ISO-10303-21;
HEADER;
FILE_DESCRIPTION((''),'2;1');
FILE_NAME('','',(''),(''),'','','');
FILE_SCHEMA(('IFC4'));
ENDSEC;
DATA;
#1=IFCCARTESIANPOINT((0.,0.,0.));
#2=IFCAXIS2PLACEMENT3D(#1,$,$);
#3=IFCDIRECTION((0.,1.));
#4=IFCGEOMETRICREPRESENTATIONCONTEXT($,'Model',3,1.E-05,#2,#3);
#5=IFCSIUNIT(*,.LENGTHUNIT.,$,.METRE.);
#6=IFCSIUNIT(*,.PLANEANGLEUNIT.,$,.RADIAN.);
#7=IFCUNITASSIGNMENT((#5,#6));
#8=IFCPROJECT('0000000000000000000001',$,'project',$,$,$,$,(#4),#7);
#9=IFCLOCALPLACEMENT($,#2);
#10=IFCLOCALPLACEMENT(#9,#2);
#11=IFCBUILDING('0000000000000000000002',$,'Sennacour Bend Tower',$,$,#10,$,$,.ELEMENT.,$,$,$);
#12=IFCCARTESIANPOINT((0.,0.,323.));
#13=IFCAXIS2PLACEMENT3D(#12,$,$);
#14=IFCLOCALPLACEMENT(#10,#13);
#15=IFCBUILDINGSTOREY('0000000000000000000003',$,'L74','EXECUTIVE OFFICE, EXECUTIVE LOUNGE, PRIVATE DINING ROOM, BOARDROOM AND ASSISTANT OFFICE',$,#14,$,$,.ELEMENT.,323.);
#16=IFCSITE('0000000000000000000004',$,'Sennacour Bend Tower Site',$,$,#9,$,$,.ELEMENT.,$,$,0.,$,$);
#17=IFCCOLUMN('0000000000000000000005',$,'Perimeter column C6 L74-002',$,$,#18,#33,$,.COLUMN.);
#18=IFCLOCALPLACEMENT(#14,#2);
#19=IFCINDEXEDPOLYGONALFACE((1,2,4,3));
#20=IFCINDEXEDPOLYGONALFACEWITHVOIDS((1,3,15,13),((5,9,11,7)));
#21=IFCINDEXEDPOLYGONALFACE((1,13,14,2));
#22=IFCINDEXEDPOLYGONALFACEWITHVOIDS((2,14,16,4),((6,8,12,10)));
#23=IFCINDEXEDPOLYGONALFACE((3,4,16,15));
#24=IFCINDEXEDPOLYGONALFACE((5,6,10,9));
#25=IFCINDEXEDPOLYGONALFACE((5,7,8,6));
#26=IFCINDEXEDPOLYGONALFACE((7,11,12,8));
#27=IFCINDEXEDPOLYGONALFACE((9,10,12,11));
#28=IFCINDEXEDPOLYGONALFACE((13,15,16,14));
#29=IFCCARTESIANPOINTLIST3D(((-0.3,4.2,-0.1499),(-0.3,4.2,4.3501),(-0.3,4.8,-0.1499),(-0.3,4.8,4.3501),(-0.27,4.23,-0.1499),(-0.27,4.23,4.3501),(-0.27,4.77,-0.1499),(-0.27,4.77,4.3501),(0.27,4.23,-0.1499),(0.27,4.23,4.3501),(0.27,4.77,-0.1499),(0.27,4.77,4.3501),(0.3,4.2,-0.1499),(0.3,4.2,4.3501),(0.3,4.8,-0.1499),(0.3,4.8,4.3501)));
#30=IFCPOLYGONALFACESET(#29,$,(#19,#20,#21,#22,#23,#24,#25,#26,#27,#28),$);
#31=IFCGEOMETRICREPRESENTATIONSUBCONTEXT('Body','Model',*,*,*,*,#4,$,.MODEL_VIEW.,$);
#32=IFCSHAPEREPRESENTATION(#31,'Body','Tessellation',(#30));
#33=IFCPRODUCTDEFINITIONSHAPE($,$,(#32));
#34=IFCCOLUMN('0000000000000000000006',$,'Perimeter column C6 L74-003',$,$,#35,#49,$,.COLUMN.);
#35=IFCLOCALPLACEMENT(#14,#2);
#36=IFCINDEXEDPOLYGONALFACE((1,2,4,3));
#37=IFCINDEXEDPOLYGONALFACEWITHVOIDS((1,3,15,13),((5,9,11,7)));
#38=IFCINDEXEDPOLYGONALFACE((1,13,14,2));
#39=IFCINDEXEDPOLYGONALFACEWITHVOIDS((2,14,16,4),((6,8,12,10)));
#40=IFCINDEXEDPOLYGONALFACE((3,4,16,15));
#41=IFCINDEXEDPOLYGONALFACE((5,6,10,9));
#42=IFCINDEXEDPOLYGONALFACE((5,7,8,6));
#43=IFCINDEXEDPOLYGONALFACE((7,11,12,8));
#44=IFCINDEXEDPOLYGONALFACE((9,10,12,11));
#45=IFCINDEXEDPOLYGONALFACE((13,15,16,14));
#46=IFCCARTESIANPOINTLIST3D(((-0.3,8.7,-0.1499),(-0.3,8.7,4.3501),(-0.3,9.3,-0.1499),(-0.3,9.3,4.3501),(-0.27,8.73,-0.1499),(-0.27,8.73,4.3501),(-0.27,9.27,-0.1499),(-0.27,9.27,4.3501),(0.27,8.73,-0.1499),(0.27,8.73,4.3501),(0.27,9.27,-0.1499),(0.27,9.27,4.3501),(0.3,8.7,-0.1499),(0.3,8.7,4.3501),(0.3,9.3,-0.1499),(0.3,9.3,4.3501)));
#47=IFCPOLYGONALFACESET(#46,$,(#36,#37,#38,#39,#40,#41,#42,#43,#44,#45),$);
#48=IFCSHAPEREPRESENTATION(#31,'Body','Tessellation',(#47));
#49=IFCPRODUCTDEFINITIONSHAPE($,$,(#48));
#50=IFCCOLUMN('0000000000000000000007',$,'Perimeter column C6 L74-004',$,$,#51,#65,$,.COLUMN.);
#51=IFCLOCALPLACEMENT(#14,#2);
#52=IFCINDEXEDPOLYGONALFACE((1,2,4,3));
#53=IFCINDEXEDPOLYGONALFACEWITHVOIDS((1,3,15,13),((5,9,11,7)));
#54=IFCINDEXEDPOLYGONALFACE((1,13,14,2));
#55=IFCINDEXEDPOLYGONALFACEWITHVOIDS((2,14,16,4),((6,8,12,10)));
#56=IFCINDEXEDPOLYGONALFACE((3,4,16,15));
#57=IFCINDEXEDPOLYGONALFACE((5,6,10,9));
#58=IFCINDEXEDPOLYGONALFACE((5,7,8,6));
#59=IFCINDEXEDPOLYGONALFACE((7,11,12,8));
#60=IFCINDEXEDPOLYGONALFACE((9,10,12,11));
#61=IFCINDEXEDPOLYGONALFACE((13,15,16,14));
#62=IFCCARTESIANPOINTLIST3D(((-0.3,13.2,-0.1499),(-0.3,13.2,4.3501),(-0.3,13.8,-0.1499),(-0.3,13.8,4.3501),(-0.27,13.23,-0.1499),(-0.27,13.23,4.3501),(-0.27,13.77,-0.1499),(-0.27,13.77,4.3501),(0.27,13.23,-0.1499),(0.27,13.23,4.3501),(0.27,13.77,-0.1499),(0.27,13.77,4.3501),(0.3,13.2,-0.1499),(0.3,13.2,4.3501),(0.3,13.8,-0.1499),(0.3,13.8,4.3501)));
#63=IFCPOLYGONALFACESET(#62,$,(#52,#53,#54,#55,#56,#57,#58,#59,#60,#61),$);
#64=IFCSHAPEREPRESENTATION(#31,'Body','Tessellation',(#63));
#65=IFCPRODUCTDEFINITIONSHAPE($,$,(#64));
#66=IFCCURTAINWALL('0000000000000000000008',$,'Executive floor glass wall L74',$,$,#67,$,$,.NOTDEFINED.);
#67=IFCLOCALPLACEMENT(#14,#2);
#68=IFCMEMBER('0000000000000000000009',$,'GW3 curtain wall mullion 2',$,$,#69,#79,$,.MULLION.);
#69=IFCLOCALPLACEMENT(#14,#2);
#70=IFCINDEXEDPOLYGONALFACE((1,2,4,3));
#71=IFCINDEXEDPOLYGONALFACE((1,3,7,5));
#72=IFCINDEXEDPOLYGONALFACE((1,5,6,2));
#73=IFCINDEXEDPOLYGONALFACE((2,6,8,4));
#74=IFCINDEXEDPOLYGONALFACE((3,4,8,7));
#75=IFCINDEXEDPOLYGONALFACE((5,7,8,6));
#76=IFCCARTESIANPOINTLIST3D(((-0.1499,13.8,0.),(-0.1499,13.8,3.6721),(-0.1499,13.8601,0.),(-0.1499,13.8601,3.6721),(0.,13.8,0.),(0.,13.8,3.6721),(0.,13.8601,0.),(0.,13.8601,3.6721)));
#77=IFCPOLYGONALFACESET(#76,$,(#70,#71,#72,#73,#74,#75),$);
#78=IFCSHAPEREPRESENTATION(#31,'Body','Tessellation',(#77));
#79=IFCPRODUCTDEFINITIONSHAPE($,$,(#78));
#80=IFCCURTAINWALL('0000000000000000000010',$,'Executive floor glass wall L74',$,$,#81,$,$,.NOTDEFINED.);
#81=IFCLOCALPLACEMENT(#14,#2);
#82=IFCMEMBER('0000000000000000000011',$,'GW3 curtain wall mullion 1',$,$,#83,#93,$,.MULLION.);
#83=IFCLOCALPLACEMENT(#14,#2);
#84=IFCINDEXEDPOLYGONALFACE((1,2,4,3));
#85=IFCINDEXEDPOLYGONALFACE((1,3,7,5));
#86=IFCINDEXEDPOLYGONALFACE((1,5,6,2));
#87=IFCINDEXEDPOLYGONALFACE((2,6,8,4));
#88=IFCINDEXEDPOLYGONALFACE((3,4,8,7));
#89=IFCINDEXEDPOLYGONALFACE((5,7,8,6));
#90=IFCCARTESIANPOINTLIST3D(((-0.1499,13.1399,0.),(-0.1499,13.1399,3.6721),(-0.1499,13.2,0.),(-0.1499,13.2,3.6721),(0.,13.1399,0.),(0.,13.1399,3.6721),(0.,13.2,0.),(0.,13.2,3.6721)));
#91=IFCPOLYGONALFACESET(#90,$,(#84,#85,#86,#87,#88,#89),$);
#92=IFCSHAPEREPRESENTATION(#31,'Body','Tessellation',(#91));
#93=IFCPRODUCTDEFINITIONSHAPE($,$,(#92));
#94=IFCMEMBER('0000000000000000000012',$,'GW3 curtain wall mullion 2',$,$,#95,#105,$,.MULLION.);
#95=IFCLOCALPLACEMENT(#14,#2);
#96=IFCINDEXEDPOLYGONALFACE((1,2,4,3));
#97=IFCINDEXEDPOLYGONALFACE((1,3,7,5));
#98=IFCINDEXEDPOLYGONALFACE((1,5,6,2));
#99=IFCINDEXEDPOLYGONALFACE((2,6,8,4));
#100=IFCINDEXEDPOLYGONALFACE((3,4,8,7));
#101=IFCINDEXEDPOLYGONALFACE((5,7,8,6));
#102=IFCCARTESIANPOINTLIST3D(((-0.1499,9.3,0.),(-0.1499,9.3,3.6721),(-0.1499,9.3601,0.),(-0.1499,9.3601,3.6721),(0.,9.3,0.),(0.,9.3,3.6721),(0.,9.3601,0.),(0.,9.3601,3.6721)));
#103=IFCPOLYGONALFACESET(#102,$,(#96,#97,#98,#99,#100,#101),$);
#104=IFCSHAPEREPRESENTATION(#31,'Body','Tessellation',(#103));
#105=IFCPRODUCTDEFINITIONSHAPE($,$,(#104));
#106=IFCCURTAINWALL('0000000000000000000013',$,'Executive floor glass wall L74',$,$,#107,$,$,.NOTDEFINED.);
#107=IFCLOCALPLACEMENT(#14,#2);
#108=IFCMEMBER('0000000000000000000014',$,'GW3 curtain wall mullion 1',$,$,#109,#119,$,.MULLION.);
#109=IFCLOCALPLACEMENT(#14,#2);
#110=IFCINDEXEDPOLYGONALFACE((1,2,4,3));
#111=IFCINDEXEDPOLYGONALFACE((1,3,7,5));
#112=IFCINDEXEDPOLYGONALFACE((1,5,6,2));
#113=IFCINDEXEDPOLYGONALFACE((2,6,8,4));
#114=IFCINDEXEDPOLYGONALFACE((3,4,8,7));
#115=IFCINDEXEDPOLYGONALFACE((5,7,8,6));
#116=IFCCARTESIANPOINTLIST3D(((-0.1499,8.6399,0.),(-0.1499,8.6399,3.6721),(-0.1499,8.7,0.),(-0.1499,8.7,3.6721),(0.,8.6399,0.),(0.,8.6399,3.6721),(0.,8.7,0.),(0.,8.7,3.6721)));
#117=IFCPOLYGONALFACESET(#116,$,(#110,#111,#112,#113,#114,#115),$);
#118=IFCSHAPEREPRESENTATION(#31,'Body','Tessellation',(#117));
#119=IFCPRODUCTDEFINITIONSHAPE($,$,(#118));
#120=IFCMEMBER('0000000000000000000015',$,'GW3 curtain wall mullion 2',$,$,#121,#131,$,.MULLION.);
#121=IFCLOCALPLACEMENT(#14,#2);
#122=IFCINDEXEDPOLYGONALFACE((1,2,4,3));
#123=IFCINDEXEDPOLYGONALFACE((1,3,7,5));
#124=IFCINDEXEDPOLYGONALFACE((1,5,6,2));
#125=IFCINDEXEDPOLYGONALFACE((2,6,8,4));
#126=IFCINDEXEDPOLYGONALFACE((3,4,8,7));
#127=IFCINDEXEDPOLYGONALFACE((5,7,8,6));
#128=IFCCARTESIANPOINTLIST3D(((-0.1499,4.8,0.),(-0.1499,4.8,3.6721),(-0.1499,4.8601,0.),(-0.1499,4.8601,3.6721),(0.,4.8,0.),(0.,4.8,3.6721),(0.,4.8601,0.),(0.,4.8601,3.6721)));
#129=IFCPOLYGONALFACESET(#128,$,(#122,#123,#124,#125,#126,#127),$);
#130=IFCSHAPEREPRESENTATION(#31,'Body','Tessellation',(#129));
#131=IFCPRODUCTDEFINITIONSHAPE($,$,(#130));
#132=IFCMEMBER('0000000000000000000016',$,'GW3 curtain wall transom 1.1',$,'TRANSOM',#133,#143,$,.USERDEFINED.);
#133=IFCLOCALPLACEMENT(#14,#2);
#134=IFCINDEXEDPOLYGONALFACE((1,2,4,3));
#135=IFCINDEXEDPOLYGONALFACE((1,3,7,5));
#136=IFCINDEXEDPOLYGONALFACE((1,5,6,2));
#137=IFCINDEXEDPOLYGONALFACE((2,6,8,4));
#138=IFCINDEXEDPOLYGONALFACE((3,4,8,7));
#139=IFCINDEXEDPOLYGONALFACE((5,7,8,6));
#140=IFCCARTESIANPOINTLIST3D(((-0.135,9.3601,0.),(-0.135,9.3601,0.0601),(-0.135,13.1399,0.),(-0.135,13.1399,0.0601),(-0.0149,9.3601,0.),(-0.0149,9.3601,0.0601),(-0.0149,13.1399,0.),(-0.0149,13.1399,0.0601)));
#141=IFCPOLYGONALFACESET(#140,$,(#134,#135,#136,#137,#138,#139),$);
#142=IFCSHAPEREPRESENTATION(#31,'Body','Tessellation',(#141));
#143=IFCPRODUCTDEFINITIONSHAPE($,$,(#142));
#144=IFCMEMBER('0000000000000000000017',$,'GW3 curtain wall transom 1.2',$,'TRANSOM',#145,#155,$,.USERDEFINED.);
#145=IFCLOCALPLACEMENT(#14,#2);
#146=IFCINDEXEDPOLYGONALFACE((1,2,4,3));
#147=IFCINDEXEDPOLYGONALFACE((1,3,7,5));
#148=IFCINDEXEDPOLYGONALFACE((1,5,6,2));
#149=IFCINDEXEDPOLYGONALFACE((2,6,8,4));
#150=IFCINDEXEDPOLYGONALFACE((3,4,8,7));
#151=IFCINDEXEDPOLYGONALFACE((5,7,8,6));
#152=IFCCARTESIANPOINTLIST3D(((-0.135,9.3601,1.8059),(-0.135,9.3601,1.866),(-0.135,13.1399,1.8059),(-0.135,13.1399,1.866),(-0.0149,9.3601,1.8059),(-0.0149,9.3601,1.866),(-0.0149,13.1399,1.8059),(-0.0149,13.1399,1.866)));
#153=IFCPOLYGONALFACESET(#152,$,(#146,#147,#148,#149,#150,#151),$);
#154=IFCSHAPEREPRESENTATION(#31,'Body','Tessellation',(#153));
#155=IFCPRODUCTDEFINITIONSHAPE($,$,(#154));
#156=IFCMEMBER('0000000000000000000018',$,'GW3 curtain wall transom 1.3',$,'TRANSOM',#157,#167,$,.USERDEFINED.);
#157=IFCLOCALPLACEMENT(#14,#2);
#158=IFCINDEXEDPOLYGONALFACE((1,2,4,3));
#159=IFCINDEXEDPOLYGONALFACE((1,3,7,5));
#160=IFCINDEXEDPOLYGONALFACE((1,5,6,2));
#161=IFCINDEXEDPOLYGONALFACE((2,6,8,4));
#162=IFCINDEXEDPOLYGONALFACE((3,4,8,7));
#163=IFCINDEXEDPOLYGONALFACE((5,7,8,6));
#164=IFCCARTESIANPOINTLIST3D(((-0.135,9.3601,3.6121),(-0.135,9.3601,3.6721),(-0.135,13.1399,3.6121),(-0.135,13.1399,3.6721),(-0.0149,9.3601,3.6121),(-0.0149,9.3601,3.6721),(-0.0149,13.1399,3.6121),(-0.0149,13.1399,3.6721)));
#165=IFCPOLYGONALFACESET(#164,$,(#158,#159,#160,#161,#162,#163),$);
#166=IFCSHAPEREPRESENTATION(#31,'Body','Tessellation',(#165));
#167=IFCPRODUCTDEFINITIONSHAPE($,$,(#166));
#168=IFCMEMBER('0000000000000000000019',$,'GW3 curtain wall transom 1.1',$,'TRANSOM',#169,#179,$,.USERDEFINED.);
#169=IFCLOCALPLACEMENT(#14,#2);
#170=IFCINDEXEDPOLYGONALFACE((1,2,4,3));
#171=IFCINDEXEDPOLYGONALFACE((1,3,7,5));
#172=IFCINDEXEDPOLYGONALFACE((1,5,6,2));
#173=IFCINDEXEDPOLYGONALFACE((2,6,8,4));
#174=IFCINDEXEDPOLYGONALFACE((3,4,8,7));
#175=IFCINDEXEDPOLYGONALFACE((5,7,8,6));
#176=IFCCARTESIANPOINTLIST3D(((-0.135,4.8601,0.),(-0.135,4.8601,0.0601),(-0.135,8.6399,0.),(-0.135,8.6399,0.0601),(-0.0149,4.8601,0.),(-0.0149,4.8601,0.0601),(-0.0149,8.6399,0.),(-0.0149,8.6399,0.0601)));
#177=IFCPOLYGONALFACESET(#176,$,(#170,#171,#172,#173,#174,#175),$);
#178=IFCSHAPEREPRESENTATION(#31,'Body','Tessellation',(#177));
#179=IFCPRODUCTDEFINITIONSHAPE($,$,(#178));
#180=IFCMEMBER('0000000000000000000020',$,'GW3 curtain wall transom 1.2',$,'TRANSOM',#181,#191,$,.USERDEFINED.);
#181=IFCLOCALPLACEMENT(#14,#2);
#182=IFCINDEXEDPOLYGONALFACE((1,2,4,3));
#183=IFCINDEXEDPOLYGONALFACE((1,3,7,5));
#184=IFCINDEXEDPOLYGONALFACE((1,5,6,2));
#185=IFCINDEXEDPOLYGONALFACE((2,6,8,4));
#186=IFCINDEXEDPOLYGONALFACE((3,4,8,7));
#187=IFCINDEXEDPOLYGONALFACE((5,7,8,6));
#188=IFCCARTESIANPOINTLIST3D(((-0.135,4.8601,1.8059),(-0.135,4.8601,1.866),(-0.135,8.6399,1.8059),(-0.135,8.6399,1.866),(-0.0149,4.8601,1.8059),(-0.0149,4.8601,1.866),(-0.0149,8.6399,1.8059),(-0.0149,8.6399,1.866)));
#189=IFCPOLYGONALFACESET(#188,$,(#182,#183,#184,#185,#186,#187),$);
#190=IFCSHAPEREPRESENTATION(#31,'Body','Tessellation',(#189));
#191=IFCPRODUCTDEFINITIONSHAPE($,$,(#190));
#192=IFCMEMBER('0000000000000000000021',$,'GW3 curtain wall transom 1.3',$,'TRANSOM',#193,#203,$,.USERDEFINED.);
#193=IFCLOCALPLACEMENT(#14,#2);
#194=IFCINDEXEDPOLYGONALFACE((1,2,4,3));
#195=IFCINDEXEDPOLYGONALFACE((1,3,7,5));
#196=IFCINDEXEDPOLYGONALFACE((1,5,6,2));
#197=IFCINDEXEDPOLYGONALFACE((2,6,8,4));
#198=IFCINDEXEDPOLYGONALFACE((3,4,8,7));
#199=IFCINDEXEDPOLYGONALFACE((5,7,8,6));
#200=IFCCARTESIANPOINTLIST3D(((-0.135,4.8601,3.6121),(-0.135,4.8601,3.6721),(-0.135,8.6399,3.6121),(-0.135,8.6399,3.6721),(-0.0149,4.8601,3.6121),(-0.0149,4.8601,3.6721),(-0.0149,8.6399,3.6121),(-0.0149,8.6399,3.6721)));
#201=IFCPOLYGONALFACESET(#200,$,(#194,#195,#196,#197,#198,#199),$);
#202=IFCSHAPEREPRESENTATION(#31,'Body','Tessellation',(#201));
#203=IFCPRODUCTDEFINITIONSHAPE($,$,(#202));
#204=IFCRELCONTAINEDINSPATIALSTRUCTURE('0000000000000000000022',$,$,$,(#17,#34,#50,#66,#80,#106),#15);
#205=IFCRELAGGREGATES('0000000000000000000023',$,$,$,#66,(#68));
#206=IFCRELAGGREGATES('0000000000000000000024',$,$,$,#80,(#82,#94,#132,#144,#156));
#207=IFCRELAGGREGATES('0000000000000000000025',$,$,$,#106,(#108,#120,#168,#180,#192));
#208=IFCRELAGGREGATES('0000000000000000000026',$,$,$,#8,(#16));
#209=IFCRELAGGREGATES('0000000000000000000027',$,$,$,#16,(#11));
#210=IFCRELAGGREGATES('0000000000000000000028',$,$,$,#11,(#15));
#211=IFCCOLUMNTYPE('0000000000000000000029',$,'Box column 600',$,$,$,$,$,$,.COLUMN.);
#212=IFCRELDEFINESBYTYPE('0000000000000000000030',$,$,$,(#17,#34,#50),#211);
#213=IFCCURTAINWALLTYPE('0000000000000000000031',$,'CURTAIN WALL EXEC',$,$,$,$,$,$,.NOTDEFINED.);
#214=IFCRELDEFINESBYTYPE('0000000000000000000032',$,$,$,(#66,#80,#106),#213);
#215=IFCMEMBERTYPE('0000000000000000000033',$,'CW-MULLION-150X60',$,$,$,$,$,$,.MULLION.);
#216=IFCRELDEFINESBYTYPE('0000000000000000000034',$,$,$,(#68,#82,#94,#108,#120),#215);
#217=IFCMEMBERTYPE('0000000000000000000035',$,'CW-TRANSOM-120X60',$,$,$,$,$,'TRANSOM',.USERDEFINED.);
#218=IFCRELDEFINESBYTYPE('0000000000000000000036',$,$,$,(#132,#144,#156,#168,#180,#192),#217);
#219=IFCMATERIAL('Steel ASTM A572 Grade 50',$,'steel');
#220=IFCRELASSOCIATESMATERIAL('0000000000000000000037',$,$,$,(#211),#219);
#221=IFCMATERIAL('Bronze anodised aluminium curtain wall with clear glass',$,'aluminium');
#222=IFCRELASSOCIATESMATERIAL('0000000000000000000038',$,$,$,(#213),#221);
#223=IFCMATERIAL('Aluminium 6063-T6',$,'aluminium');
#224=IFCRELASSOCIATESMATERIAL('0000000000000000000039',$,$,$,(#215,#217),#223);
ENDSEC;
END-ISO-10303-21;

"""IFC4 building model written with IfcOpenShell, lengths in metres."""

from ifc_helpers import new_model, si_unit, direction, frame, origin, origin_2d, place, context, subcontext, project, spatial, rectangle, hollow_rectangle, extrude, material, material_profile, profile_set, type_object, element, aggregate, save


model = new_model("IFC4")

# Units and contexts
model_context = context("Model", 3, precision=1e-05, world=origin(), true_north=direction((0.0, 1.0)))
body_context = subcontext(model_context, "Body", "Model", "MODEL_VIEW")
ifc_project = project(units=[si_unit("LENGTHUNIT", "METRE"), si_unit("PLANEANGLEUNIT", "RADIAN")], contexts=[model_context])

# Site, building, storey
site_placement = place(None, origin())
site = spatial("IfcSite", under=ifc_project, at=site_placement, Name="Sennacour Bend Tower Site", CompositionType="ELEMENT", RefElevation=0.0)
building_placement = place(site_placement, origin())
building = spatial("IfcBuilding", under=site, at=building_placement, Name="Sennacour Bend Tower", CompositionType="ELEMENT")
storey_placement = place(building_placement, frame((0.0, 0.0, 323.0)))
storey = spatial("IfcBuildingStorey", under=building, at=storey_placement, Name="L74", Description="EXECUTIVE OFFICE, EXECUTIVE LOUNGE, PRIVATE DINING ROOM, BOARDROOM AND ASSISTANT OFFICE", CompositionType="ELEMENT", Elevation=323.0)

# Columns
ifc_material_1 = material(Name="Steel ASTM A572 Grade 50", Category="steel")
ifc_material_profile_1 = material_profile(ifc_material_1, hollow_rectangle(XDim=0.6001, YDim=0.6001, WallThickness=0.03, at=origin_2d()), Name="Steel ASTM A572 Grade 50", Category="steel")
ifc_profile_set_1 = profile_set([ifc_material_profile_1], Name="Steel ASTM A572 Grade 50")
column_type = type_object("IfcColumnType", Name="Box column 600", PredefinedType="COLUMN", material=ifc_profile_set_1)
for number, where, z_axis, x_axis, name in (
    (1, (0.0, 4.5, -0.1499), (0.0, 0.0, 1.0), (1.0, 0.0, 0.0), "Perimeter column C6 L74-002"),
    (2, (0.0, 9.0, -0.1499), (0.0, 0.0, 1.0), (1.0, 0.0, 0.0), "Perimeter column C6 L74-003"),
    (3, (0.0, 13.5, -0.1499), (0.0, 0.0, 1.0), (1.0, 0.0, 0.0), "Perimeter column C6 L74-004"),
):
    element("IfcColumn", number, at=place(storey_placement, frame(where, z_axis=z_axis, x_axis=x_axis)), inside=storey, type_object=column_type, Name=name, PredefinedType="COLUMN", context=body_context, shape_type="SweptSolid", body=[
        extrude(hollow_rectangle(XDim=0.6001, YDim=0.6001, WallThickness=0.03, at=origin_2d()), origin(), (0.0, 0.0, 1.0), 4.5),
    ])

# Curtain wall, member
ifc_material_2 = material(Name="Bronze anodised aluminium curtain wall with clear glass", Category="aluminium")
curtain_wall_type = type_object("IfcCurtainWallType", Name="CURTAIN WALL EXEC", PredefinedType="NOTDEFINED", material=ifc_material_2)
curtain_wall_1_placement = place(storey_placement, origin())
curtain_wall_1 = element("IfcCurtainWall", 4, at=curtain_wall_1_placement, inside=storey, type_object=curtain_wall_type, Name="Executive floor glass wall L74", PredefinedType="NOTDEFINED")
ifc_material_3 = material(Name="Aluminium 6063-T6", Category="aluminium")
ifc_material_profile_2 = material_profile(ifc_material_3, rectangle(XDim=0.1499, YDim=0.0601, at=origin_2d()), Name="Aluminium 6063-T6", Category="aluminium")
ifc_profile_set_2 = profile_set([ifc_material_profile_2], Name="Aluminium 6063-T6")
member_type_1 = type_object("IfcMemberType", Name="CW-MULLION-150X60", PredefinedType="MULLION", material=ifc_profile_set_2)
member_1_placement = place(storey_placement, frame((-0.075, 13.8301, 0.0), z_axis=(0.0, 0.0, 1.0), x_axis=(1.0, 0.0, 0.0)))
member_1 = element("IfcMember", 5, at=member_1_placement, type_object=member_type_1, Name="GW3 curtain wall mullion 2", PredefinedType="MULLION", context=body_context, shape_type="SweptSolid", body=[
    extrude(rectangle(XDim=0.1499, YDim=0.0601, at=origin_2d()), origin(), (0.0, 0.0, 1.0), 3.6721),
])

# Curtain walls, members
curtain_wall_2_placement = place(storey_placement, origin())
curtain_wall_2 = element("IfcCurtainWall", 6, at=curtain_wall_2_placement, inside=storey, type_object=curtain_wall_type, Name="Executive floor glass wall L74", PredefinedType="NOTDEFINED")
member_2_placement = place(storey_placement, frame((-0.075, 13.1699, 0.0), z_axis=(0.0, 0.0, 1.0), x_axis=(1.0, 0.0, 0.0)))
member_2 = element("IfcMember", 7, at=member_2_placement, type_object=member_type_1, Name="GW3 curtain wall mullion 1", PredefinedType="MULLION", context=body_context, shape_type="SweptSolid", body=[
    extrude(rectangle(XDim=0.1499, YDim=0.0601, at=origin_2d()), origin(), (0.0, 0.0, 1.0), 3.6721),
])
member_3_placement = place(storey_placement, frame((-0.075, 9.3301, 0.0), z_axis=(0.0, 0.0, 1.0), x_axis=(1.0, 0.0, 0.0)))
member_3 = element("IfcMember", 8, at=member_3_placement, type_object=member_type_1, Name="GW3 curtain wall mullion 2", PredefinedType="MULLION", context=body_context, shape_type="SweptSolid", body=[
    extrude(rectangle(XDim=0.1499, YDim=0.0601, at=origin_2d()), origin(), (0.0, 0.0, 1.0), 3.6721),
])
curtain_wall_3_placement = place(storey_placement, origin())
curtain_wall_3 = element("IfcCurtainWall", 9, at=curtain_wall_3_placement, inside=storey, type_object=curtain_wall_type, Name="Executive floor glass wall L74", PredefinedType="NOTDEFINED")
member_4_placement = place(storey_placement, frame((-0.075, 8.6699, 0.0), z_axis=(0.0, 0.0, 1.0), x_axis=(1.0, 0.0, 0.0)))
member_4 = element("IfcMember", 10, at=member_4_placement, type_object=member_type_1, Name="GW3 curtain wall mullion 1", PredefinedType="MULLION", context=body_context, shape_type="SweptSolid", body=[
    extrude(rectangle(XDim=0.1499, YDim=0.0601, at=origin_2d()), origin(), (0.0, 0.0, 1.0), 3.6721),
])
member_5_placement = place(storey_placement, frame((-0.075, 4.8301, 0.0), z_axis=(0.0, 0.0, 1.0), x_axis=(1.0, 0.0, 0.0)))
member_5 = element("IfcMember", 11, at=member_5_placement, type_object=member_type_1, Name="GW3 curtain wall mullion 2", PredefinedType="MULLION", context=body_context, shape_type="SweptSolid", body=[
    extrude(rectangle(XDim=0.1499, YDim=0.0601, at=origin_2d()), origin(), (0.0, 0.0, 1.0), 3.6721),
])

# Members
ifc_material_profile_3 = material_profile(ifc_material_3, rectangle(XDim=0.1201, YDim=0.0601, at=origin_2d()), Name="Aluminium 6063-T6", Category="aluminium")
ifc_profile_set_3 = profile_set([ifc_material_profile_3], Name="Aluminium 6063-T6")
member_type_2 = type_object("IfcMemberType", Name="CW-TRANSOM-120X60", ElementType="TRANSOM", PredefinedType="USERDEFINED", material=ifc_profile_set_3)
member_6_placement = place(storey_placement, frame((-0.075, 13.1399, 0.03), z_axis=(0.0, -1.0, 0.0), x_axis=(1.0, 0.0, 0.0)))
member_6 = element("IfcMember", 12, at=member_6_placement, type_object=member_type_2, Name="GW3 curtain wall transom 1.1", ObjectType="TRANSOM", PredefinedType="USERDEFINED", context=body_context, shape_type="SweptSolid", body=[
    extrude(rectangle(XDim=0.1201, YDim=0.0601, at=origin_2d()), origin(), (0.0, 0.0, 1.0), 3.7798),
])
member_7_placement = place(storey_placement, frame((-0.075, 13.1399, 1.8359), z_axis=(0.0, -1.0, 0.0), x_axis=(1.0, 0.0, 0.0)))
member_7 = element("IfcMember", 13, at=member_7_placement, type_object=member_type_2, Name="GW3 curtain wall transom 1.2", ObjectType="TRANSOM", PredefinedType="USERDEFINED", context=body_context, shape_type="SweptSolid", body=[
    extrude(rectangle(XDim=0.1201, YDim=0.0601, at=origin_2d()), origin(), (0.0, 0.0, 1.0), 3.7798),
])
member_8_placement = place(storey_placement, frame((-0.075, 13.1399, 3.6421), z_axis=(0.0, -1.0, 0.0), x_axis=(1.0, 0.0, 0.0)))
member_8 = element("IfcMember", 14, at=member_8_placement, type_object=member_type_2, Name="GW3 curtain wall transom 1.3", ObjectType="TRANSOM", PredefinedType="USERDEFINED", context=body_context, shape_type="SweptSolid", body=[
    extrude(rectangle(XDim=0.1201, YDim=0.0601, at=origin_2d()), origin(), (0.0, 0.0, 1.0), 3.7798),
])
member_9_placement = place(storey_placement, frame((-0.075, 8.6399, 0.03), z_axis=(0.0, -1.0, 0.0), x_axis=(1.0, 0.0, 0.0)))
member_9 = element("IfcMember", 15, at=member_9_placement, type_object=member_type_2, Name="GW3 curtain wall transom 1.1", ObjectType="TRANSOM", PredefinedType="USERDEFINED", context=body_context, shape_type="SweptSolid", body=[
    extrude(rectangle(XDim=0.1201, YDim=0.0601, at=origin_2d()), origin(), (0.0, 0.0, 1.0), 3.7798),
])
member_10_placement = place(storey_placement, frame((-0.075, 8.6399, 1.8359), z_axis=(0.0, -1.0, 0.0), x_axis=(1.0, 0.0, 0.0)))
member_10 = element("IfcMember", 16, at=member_10_placement, type_object=member_type_2, Name="GW3 curtain wall transom 1.2", ObjectType="TRANSOM", PredefinedType="USERDEFINED", context=body_context, shape_type="SweptSolid", body=[
    extrude(rectangle(XDim=0.1201, YDim=0.0601, at=origin_2d()), origin(), (0.0, 0.0, 1.0), 3.7798),
])
member_11_placement = place(storey_placement, frame((-0.075, 8.6399, 3.6421), z_axis=(0.0, -1.0, 0.0), x_axis=(1.0, 0.0, 0.0)))
member_11 = element("IfcMember", 17, at=member_11_placement, type_object=member_type_2, Name="GW3 curtain wall transom 1.3", ObjectType="TRANSOM", PredefinedType="USERDEFINED", context=body_context, shape_type="SweptSolid", body=[
    extrude(rectangle(XDim=0.1201, YDim=0.0601, at=origin_2d()), origin(), (0.0, 0.0, 1.0), 3.7798),
])

aggregate(curtain_wall_1, [member_1])
aggregate(curtain_wall_2, [member_2, member_3, member_6, member_7, member_8])
aggregate(curtain_wall_3, [member_4, member_5, member_9, member_10, member_11])

save(model, "model.ifc")
